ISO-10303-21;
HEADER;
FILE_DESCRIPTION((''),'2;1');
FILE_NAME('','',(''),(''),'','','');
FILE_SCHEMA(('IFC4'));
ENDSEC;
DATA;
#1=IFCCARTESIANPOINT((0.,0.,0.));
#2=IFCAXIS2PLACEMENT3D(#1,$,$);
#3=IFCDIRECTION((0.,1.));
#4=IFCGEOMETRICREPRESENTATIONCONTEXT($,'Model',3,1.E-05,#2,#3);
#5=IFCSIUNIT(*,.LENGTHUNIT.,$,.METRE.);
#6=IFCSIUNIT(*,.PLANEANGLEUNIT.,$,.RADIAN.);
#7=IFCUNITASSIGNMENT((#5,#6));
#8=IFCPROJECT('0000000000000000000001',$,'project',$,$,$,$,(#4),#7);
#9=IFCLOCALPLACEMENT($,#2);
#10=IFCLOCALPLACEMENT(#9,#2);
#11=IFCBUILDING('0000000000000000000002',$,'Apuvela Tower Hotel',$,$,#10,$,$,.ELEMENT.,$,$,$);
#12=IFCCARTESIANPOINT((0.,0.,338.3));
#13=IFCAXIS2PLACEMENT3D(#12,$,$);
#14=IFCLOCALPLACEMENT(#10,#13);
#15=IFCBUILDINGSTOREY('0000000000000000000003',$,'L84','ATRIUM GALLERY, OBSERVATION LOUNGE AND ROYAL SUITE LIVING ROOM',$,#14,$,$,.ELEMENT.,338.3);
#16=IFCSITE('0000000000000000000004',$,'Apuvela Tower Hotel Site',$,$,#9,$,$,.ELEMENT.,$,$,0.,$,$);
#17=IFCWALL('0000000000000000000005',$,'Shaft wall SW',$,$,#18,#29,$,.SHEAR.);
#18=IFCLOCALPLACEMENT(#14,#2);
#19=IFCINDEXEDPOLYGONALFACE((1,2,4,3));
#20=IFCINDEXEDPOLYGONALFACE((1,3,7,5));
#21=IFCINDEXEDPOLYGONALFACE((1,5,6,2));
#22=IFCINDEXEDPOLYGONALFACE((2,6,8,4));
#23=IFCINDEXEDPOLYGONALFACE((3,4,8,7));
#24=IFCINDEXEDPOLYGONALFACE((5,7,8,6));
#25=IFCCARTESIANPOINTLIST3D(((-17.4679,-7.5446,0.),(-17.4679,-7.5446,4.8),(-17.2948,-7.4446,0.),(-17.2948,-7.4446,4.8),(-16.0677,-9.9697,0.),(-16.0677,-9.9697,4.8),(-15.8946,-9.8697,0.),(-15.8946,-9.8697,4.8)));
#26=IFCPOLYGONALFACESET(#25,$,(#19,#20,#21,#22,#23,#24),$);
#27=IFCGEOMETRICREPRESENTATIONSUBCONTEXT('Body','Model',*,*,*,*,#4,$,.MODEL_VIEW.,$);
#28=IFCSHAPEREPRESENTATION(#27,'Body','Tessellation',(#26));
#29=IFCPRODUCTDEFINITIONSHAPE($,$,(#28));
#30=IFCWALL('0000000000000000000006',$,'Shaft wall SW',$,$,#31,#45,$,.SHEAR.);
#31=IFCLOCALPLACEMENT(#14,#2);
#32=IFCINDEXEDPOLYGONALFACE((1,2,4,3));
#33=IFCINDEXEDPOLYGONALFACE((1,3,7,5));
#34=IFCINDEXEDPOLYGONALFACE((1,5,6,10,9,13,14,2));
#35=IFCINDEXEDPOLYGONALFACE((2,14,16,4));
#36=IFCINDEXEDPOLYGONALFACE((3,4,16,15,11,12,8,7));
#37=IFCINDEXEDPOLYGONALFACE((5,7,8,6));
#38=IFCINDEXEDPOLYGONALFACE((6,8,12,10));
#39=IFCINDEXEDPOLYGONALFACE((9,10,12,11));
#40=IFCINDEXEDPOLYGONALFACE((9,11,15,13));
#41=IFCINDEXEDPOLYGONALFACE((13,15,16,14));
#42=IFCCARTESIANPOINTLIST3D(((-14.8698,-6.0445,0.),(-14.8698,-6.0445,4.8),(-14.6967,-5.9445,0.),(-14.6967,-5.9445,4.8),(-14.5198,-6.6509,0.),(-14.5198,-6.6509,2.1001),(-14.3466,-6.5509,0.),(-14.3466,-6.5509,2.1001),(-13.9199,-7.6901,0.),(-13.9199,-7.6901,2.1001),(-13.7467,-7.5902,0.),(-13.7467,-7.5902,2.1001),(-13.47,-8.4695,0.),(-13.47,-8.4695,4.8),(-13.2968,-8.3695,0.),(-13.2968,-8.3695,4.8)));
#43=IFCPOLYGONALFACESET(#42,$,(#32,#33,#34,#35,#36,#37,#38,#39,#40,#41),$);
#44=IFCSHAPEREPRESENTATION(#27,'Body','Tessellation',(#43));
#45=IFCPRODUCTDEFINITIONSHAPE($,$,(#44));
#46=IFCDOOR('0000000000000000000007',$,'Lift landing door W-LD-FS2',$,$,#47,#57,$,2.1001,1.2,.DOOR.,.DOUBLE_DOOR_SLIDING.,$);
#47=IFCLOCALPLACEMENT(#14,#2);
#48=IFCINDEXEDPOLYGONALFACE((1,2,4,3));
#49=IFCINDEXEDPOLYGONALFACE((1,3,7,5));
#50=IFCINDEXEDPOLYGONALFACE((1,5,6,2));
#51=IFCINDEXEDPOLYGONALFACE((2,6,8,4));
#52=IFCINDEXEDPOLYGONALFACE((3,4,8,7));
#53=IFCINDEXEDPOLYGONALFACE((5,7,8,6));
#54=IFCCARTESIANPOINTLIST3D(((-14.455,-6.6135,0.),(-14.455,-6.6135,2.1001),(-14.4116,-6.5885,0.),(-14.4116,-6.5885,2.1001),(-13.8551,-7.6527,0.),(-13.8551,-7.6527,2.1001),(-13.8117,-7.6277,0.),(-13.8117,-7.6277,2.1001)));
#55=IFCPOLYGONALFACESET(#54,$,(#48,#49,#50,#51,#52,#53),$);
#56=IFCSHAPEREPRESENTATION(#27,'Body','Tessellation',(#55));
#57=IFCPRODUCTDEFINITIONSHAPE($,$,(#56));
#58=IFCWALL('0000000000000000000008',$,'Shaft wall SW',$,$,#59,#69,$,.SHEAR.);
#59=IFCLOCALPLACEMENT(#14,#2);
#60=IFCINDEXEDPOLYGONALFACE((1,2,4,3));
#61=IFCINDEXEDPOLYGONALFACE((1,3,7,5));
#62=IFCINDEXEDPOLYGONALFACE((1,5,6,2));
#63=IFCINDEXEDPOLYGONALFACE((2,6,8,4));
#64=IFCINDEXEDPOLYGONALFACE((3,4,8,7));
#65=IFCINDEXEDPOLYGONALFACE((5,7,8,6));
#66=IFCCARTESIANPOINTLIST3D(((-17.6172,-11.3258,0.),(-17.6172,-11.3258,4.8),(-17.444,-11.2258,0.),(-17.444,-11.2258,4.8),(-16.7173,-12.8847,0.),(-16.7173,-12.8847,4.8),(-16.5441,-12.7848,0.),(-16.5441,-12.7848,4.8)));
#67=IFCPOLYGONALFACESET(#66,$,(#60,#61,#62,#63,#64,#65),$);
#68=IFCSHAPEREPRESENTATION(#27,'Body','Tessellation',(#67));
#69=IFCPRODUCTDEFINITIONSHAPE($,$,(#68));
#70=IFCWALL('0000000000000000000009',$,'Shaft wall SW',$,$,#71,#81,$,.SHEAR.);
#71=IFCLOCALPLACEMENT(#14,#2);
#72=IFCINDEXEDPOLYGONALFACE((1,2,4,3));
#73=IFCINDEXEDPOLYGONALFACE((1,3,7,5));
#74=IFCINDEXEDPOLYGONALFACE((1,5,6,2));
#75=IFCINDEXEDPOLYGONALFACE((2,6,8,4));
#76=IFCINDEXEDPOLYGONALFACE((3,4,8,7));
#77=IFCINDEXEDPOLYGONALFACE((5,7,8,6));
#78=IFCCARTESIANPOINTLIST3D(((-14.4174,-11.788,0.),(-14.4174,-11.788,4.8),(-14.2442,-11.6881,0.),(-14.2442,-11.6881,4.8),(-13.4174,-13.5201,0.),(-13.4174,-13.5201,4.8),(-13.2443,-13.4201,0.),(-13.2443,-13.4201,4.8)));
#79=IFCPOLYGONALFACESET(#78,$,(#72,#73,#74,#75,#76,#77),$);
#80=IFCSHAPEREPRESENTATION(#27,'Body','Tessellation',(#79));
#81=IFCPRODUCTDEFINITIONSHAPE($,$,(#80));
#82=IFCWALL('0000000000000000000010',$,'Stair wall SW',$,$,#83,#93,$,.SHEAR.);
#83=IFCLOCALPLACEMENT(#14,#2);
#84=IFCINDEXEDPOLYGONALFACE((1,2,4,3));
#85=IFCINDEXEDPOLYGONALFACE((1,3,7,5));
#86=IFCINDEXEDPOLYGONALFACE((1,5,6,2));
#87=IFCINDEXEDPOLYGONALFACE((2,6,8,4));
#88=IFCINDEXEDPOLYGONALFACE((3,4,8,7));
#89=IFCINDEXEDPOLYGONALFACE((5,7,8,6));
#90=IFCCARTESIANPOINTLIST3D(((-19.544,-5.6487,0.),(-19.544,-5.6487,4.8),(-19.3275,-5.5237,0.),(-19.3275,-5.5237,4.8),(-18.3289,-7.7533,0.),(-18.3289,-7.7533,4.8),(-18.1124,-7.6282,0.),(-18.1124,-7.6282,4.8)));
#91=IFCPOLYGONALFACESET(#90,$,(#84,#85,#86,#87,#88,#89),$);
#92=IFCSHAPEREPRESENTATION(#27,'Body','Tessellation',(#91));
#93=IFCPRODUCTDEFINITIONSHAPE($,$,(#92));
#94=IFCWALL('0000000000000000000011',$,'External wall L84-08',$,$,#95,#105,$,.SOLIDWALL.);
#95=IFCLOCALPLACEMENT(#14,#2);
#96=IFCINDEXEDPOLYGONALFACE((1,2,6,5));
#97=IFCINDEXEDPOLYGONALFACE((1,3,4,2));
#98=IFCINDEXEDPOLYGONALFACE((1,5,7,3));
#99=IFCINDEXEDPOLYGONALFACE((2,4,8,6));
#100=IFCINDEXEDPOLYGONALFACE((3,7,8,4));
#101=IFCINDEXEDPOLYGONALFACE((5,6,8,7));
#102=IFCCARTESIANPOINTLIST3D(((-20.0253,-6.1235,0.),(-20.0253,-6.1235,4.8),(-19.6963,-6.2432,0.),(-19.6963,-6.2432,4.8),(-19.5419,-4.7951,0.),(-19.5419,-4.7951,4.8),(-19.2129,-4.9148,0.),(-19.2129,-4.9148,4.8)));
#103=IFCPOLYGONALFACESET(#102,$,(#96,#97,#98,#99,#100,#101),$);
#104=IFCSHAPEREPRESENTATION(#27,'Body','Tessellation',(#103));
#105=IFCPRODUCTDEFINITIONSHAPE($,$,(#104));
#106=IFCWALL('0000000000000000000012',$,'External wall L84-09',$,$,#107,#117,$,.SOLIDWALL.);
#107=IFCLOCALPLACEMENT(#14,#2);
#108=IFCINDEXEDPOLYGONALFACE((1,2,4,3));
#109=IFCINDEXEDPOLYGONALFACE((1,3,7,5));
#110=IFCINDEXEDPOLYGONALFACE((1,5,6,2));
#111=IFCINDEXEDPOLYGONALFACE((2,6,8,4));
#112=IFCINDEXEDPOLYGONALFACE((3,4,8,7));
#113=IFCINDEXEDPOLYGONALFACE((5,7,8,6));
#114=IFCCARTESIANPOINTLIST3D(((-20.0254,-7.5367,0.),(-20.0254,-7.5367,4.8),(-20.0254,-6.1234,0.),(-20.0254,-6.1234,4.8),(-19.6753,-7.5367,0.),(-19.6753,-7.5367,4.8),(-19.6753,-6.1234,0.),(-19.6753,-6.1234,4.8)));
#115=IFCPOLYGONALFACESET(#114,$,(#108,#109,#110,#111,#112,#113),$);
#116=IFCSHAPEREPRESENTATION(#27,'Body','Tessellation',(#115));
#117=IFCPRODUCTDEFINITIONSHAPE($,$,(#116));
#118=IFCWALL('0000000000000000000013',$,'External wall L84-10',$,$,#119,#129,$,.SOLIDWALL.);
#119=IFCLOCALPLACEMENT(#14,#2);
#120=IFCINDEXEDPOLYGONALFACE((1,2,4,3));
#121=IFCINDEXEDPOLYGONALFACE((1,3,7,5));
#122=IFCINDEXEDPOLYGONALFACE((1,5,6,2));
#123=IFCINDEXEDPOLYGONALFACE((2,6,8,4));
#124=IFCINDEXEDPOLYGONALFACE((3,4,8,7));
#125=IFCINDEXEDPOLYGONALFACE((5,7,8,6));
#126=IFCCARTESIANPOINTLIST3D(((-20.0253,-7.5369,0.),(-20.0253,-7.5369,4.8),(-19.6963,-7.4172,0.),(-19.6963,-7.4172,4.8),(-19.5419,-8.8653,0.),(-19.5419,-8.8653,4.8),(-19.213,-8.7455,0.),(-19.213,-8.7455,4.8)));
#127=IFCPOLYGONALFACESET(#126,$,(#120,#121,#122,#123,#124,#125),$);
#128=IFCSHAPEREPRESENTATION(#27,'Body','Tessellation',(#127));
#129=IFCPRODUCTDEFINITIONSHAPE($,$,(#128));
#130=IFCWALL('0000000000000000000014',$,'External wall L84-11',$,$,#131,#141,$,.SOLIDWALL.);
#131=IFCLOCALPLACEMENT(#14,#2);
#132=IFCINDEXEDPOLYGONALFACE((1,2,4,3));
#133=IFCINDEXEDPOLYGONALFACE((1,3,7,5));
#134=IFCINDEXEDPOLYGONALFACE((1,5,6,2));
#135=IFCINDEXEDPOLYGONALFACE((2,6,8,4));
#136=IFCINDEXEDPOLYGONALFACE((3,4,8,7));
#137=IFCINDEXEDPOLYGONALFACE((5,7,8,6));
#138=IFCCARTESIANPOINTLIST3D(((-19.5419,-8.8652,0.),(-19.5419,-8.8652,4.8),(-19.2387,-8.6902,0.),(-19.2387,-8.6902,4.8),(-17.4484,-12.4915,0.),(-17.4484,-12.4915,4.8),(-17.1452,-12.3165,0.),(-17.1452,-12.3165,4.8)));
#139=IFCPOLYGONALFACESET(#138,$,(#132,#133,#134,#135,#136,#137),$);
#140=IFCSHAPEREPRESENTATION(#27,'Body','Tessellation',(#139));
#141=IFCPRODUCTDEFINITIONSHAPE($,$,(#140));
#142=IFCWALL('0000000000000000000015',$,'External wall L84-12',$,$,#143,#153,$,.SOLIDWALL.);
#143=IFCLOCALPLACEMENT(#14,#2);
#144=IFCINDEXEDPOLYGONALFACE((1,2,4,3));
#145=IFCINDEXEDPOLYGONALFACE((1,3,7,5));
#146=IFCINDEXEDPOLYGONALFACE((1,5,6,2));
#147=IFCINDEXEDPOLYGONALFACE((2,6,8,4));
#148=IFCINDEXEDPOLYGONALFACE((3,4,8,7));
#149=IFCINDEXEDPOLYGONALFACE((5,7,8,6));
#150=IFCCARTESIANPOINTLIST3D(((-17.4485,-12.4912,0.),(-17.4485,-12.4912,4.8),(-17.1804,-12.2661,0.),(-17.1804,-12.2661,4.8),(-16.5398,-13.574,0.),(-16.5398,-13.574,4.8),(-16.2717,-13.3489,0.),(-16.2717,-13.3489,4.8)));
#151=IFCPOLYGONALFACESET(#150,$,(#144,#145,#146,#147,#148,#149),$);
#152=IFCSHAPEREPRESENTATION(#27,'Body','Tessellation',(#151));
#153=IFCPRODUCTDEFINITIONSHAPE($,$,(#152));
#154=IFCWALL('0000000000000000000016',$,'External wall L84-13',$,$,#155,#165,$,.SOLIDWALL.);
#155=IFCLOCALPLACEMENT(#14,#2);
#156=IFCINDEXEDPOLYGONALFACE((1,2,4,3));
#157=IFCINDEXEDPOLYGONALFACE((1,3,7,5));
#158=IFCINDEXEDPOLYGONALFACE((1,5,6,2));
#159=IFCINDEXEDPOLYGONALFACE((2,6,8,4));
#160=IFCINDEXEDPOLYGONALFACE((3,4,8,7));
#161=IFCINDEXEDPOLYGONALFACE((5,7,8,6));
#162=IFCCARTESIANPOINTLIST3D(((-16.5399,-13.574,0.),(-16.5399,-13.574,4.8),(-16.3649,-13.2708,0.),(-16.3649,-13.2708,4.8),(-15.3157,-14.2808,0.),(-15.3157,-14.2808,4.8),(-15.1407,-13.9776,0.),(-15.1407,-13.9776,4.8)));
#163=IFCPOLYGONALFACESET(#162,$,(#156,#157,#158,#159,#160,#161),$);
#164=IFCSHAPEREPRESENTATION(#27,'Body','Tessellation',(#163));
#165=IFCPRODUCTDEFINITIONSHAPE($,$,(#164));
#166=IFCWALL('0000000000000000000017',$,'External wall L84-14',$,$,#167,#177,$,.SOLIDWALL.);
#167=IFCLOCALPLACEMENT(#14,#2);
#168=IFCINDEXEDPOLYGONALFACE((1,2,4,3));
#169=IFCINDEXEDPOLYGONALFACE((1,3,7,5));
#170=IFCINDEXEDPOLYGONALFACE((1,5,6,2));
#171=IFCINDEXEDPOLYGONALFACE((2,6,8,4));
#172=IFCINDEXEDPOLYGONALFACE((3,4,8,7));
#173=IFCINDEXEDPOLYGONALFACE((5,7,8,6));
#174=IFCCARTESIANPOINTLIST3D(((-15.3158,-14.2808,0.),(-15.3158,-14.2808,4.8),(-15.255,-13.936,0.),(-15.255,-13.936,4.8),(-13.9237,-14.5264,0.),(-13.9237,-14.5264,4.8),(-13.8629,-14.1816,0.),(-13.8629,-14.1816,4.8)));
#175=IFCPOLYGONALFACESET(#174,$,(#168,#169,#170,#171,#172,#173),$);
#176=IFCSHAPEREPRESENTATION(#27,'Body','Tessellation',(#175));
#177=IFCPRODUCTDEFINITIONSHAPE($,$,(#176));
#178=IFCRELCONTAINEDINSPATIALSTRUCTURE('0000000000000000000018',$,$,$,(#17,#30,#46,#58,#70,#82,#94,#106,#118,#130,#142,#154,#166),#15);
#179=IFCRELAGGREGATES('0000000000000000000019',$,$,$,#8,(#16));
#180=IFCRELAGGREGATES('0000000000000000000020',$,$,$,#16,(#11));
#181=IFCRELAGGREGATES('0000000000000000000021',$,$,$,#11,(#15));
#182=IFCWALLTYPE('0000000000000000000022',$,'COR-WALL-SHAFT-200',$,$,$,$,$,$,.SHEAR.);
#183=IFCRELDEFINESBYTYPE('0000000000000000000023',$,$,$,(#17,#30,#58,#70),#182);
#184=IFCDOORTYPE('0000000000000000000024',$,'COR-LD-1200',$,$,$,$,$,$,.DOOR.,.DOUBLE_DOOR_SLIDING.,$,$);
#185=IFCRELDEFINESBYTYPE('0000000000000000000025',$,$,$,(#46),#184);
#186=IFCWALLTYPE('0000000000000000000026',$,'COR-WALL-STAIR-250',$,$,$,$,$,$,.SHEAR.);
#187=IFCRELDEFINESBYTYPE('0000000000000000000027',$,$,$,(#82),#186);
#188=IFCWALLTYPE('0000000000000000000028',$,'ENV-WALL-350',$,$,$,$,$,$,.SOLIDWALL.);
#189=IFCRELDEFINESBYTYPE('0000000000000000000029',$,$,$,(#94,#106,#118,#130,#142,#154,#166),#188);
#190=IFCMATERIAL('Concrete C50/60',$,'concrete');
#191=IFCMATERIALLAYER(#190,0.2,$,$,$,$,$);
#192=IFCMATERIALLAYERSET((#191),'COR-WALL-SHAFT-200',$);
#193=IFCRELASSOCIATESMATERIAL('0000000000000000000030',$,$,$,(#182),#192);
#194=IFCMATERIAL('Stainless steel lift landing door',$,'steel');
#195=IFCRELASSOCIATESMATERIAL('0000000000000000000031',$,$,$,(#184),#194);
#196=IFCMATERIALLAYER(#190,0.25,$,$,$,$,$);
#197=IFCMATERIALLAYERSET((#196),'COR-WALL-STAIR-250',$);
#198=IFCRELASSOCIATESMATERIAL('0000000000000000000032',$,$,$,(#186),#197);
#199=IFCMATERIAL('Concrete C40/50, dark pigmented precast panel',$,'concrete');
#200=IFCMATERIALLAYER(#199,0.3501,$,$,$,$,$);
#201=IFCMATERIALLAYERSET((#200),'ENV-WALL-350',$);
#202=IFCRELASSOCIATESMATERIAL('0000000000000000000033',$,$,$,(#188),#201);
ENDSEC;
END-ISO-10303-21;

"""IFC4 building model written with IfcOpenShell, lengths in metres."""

from ifc_helpers import new_model, si_unit, direction, frame, frame_2d, origin, place, context, subcontext, project, spatial, rectangle, extrude, material, layer, layer_set, type_object, element, fill, save


model = new_model("IFC4")

# Units and contexts
model_context = context("Model", 3, precision=1e-05, world=origin(), true_north=direction((0.0, 1.0)))
body_context = subcontext(model_context, "Body", "Model", "MODEL_VIEW")
ifc_project = project(units=[si_unit("LENGTHUNIT", "METRE"), si_unit("PLANEANGLEUNIT", "RADIAN")], contexts=[model_context])

# Site, building, storey
site_placement = place(None, origin())
site = spatial("IfcSite", under=ifc_project, at=site_placement, Name="Apuvela Tower Hotel Site", CompositionType="ELEMENT", RefElevation=0.0)
building_placement = place(site_placement, origin())
building = spatial("IfcBuilding", under=site, at=building_placement, Name="Apuvela Tower Hotel", CompositionType="ELEMENT")
storey_placement = place(building_placement, frame((0.0, 0.0, 338.3)))
storey = spatial("IfcBuildingStorey", under=building, at=storey_placement, Name="L84", Description="ATRIUM GALLERY, OBSERVATION LOUNGE AND ROYAL SUITE LIVING ROOM", CompositionType="ELEMENT", Elevation=338.3)

# Wall
ifc_material_1 = material(Name="Concrete C50/60", Category="concrete")
ifc_layer_1 = layer(ifc_material_1, 0.2)
ifc_layer_set_1 = layer_set([ifc_layer_1], Name="COR-WALL-SHAFT-200")
wall_type_1 = type_object("IfcWallType", Name="COR-WALL-SHAFT-200", PredefinedType="SHEAR", material=ifc_layer_set_1)
wall_1_placement = place(storey_placement, frame((-17.3813, -7.4946, 0.0), z_axis=(0.0, 0.0, 1.0), x_axis=(0.500012, -0.866019, 0.0)))
element("IfcWall", 1, at=wall_1_placement, inside=storey, type_object=wall_type_1, Name="Shaft wall SW", PredefinedType="SHEAR", context=body_context, shape_type="SweptSolid", body=[
    extrude(rectangle(XDim=2.8003, YDim=0.2, at=frame_2d((1.4001, 0.0))), origin(), (0.0, 0.0, 1.0), 4.8),
])

# Wall, opening, door
wall_2_placement = place(storey_placement, frame((-14.7832, -5.9946, 0.0), z_axis=(0.0, 0.0, 1.0), x_axis=(0.499946, -0.866056, 0.0)))
wall_2 = element("IfcWall", 2, at=wall_2_placement, inside=storey, type_object=wall_type_1, Name="Shaft wall SW", PredefinedType="SHEAR", context=body_context, shape_type="SweptSolid", body=[
    extrude(rectangle(XDim=2.8, YDim=0.2, at=frame_2d((1.3999, 0.0))), origin(), (0.0, 0.0, 1.0), 4.8),
])
opening_placement = place(wall_2_placement, frame((0.7, 0.0, 0.0)))
opening = element("IfcOpeningElement", 3, at=opening_placement, cuts=wall_2, PredefinedType="OPENING", context=body_context, shape_type="SweptSolid", body=[
    extrude(rectangle(XDim=1.2, YDim=2.1001, at=frame_2d((0.6001, 1.05))), frame((0.0, 0.1099, 0.0), z_axis=(0.0, -1.0, 0.0), x_axis=(1.0, 0.0, 0.0)), (0.0, 0.0, 1.0), 0.22),
])
ifc_material_2 = material(Name="Stainless steel lift landing door", Category="steel")
door_type = type_object("IfcDoorType", Name="COR-LD-1200", OperationType="DOUBLE_DOOR_SLIDING", PredefinedType="DOOR", material=ifc_material_2)
door_placement = place(opening_placement, origin())
door = element("IfcDoor", 4, at=door_placement, inside=storey, type_object=door_type, Name="Lift landing door W-LD-FS2", OperationType="DOUBLE_DOOR_SLIDING", OverallHeight=2.1001, OverallWidth=1.2, PredefinedType="DOOR", context=body_context, shape_type="SweptSolid", body=[
    extrude(rectangle(XDim=1.2, YDim=2.1001, at=frame_2d((0.6001, 1.05))), frame((0.0, 0.0249, 0.0), z_axis=(0.0, -1.0, 0.0), x_axis=(1.0, 0.0, 0.0)), (0.0, 0.0, 1.0), 0.05),
])
fill(opening, door)

# Walls
wall_3_placement = place(storey_placement, frame((-17.5305, -11.2759, 0.0), z_axis=(0.0, 0.0, 1.0), x_axis=(0.499902, -0.866082, 0.0)))
element("IfcWall", 5, at=wall_3_placement, inside=storey, type_object=wall_type_1, Name="Shaft wall SW", PredefinedType="SHEAR", context=body_context, shape_type="SweptSolid", body=[
    extrude(rectangle(XDim=1.8, YDim=0.2, at=frame_2d((0.8999, 0.0))), origin(), (0.0, 0.0, 1.0), 4.8),
])
wall_4_placement = place(storey_placement, frame((-14.3308, -11.738, 0.0), z_axis=(0.0, 0.0, 1.0), x_axis=(0.499973, -0.866041, 0.0)))
element("IfcWall", 6, at=wall_4_placement, inside=storey, type_object=wall_type_1, Name="Shaft wall SW", PredefinedType="SHEAR", context=body_context, shape_type="SweptSolid", body=[
    extrude(rectangle(XDim=2.0, YDim=0.2, at=frame_2d((1.0, 0.0))), origin(), (0.0, 0.0, 1.0), 4.8),
])
ifc_layer_2 = layer(ifc_material_1, 0.25)
ifc_layer_set_2 = layer_set([ifc_layer_2], Name="COR-WALL-STAIR-250")
wall_type_2 = type_object("IfcWallType", Name="COR-WALL-STAIR-250", PredefinedType="SHEAR", material=ifc_layer_set_2)
wall_5_placement = place(storey_placement, frame((-19.4358, -5.5862, 0.0), z_axis=(0.0, 0.0, 1.0), x_axis=(0.500018, -0.866015, 0.0)))
element("IfcWall", 7, at=wall_5_placement, inside=storey, type_object=wall_type_2, Name="Stair wall SW", PredefinedType="SHEAR", context=body_context, shape_type="SweptSolid", body=[
    extrude(rectangle(XDim=2.4302, YDim=0.25, at=frame_2d((1.2151, 0.0))), origin(), (0.0, 0.0, 1.0), 4.8),
])
ifc_material_3 = material(Name="Concrete C40/50, dark pigmented precast panel", Category="concrete")
ifc_layer_3 = layer(ifc_material_3, 0.3501)
ifc_layer_set_3 = layer_set([ifc_layer_3], Name="ENV-WALL-350")
wall_type_3 = type_object("IfcWallType", Name="ENV-WALL-350", PredefinedType="SOLIDWALL", material=ifc_layer_set_3)
wall_6_placement = place(storey_placement, frame((-19.3774, -4.855, 0.0), z_axis=(0.0, 0.0, 1.0), x_axis=(-0.341965, -0.939713, 0.0)))
element("IfcWall", 8, at=wall_6_placement, inside=storey, type_object=wall_type_3, Name="External wall L84-08", PredefinedType="SOLIDWALL", context=body_context, shape_type="SweptSolid", body=[
    extrude(rectangle(XDim=1.4136, YDim=0.3501, at=frame_2d((0.7068, 0.0))), origin(), (0.0, 0.0, 1.0), 4.8),
])
wall_7_placement = place(storey_placement, frame((-19.8503, -6.1235, 0.0), z_axis=(0.0, 0.0, 1.0), x_axis=(0.0, -1.0, 0.0)))
element("IfcWall", 9, at=wall_7_placement, inside=storey, type_object=wall_type_3, Name="External wall L84-09", PredefinedType="SOLIDWALL", context=body_context, shape_type="SweptSolid", body=[
    extrude(rectangle(XDim=1.4133, YDim=0.3501, at=frame_2d((0.7065, 0.0))), origin(), (0.0, 0.0, 1.0), 4.8),
])
wall_8_placement = place(storey_placement, frame((-19.8608, -7.4771, 0.0), z_axis=(0.0, 0.0, 1.0), x_axis=(0.341965, -0.939713, 0.0)))
element("IfcWall", 10, at=wall_8_placement, inside=storey, type_object=wall_type_3, Name="External wall L84-10", PredefinedType="SOLIDWALL", context=body_context, shape_type="SweptSolid", body=[
    extrude(rectangle(XDim=1.4136, YDim=0.3501, at=frame_2d((0.7068, 0.0))), origin(), (0.0, 0.0, 1.0), 4.8),
])
wall_9_placement = place(storey_placement, frame((-19.3904, -8.7776, 0.0), z_axis=(0.0, 0.0, 1.0), x_axis=(0.499983, -0.866035, 0.0)))
element("IfcWall", 11, at=wall_9_placement, inside=storey, type_object=wall_type_3, Name="External wall L84-11", PredefinedType="SOLIDWALL", context=body_context, shape_type="SweptSolid", body=[
    extrude(rectangle(XDim=4.1873, YDim=0.3501, at=frame_2d((2.0938, 0.0))), origin(), (0.0, 0.0, 1.0), 4.8),
])
for number, where, z_axis, x_axis, name in (
    (12, (-17.3145, -12.3787, 0.0), (0.0, 0.0, 1.0), (0.642848, -0.765994, 0.0), "External wall L84-12"),
    (13, (-16.4524, -13.4224, 0.0), (0.0, 0.0, 1.0), (0.866013, -0.500021, 0.0), "External wall L84-13"),
    (14, (-15.2854, -14.1084, 0.0), (0.0, 0.0, 1.0), (0.984791, -0.173746, 0.0), "External wall L84-14"),
):
    element("IfcWall", number, at=place(storey_placement, frame(where, z_axis=z_axis, x_axis=x_axis)), inside=storey, type_object=wall_type_3, Name=name, PredefinedType="SOLIDWALL", context=body_context, shape_type="SweptSolid", body=[
        extrude(rectangle(XDim=1.4136, YDim=0.3501, at=frame_2d((0.7068, 0.0))), origin(), (0.0, 0.0, 1.0), 4.8),
    ])

save(model, "model.ifc")
